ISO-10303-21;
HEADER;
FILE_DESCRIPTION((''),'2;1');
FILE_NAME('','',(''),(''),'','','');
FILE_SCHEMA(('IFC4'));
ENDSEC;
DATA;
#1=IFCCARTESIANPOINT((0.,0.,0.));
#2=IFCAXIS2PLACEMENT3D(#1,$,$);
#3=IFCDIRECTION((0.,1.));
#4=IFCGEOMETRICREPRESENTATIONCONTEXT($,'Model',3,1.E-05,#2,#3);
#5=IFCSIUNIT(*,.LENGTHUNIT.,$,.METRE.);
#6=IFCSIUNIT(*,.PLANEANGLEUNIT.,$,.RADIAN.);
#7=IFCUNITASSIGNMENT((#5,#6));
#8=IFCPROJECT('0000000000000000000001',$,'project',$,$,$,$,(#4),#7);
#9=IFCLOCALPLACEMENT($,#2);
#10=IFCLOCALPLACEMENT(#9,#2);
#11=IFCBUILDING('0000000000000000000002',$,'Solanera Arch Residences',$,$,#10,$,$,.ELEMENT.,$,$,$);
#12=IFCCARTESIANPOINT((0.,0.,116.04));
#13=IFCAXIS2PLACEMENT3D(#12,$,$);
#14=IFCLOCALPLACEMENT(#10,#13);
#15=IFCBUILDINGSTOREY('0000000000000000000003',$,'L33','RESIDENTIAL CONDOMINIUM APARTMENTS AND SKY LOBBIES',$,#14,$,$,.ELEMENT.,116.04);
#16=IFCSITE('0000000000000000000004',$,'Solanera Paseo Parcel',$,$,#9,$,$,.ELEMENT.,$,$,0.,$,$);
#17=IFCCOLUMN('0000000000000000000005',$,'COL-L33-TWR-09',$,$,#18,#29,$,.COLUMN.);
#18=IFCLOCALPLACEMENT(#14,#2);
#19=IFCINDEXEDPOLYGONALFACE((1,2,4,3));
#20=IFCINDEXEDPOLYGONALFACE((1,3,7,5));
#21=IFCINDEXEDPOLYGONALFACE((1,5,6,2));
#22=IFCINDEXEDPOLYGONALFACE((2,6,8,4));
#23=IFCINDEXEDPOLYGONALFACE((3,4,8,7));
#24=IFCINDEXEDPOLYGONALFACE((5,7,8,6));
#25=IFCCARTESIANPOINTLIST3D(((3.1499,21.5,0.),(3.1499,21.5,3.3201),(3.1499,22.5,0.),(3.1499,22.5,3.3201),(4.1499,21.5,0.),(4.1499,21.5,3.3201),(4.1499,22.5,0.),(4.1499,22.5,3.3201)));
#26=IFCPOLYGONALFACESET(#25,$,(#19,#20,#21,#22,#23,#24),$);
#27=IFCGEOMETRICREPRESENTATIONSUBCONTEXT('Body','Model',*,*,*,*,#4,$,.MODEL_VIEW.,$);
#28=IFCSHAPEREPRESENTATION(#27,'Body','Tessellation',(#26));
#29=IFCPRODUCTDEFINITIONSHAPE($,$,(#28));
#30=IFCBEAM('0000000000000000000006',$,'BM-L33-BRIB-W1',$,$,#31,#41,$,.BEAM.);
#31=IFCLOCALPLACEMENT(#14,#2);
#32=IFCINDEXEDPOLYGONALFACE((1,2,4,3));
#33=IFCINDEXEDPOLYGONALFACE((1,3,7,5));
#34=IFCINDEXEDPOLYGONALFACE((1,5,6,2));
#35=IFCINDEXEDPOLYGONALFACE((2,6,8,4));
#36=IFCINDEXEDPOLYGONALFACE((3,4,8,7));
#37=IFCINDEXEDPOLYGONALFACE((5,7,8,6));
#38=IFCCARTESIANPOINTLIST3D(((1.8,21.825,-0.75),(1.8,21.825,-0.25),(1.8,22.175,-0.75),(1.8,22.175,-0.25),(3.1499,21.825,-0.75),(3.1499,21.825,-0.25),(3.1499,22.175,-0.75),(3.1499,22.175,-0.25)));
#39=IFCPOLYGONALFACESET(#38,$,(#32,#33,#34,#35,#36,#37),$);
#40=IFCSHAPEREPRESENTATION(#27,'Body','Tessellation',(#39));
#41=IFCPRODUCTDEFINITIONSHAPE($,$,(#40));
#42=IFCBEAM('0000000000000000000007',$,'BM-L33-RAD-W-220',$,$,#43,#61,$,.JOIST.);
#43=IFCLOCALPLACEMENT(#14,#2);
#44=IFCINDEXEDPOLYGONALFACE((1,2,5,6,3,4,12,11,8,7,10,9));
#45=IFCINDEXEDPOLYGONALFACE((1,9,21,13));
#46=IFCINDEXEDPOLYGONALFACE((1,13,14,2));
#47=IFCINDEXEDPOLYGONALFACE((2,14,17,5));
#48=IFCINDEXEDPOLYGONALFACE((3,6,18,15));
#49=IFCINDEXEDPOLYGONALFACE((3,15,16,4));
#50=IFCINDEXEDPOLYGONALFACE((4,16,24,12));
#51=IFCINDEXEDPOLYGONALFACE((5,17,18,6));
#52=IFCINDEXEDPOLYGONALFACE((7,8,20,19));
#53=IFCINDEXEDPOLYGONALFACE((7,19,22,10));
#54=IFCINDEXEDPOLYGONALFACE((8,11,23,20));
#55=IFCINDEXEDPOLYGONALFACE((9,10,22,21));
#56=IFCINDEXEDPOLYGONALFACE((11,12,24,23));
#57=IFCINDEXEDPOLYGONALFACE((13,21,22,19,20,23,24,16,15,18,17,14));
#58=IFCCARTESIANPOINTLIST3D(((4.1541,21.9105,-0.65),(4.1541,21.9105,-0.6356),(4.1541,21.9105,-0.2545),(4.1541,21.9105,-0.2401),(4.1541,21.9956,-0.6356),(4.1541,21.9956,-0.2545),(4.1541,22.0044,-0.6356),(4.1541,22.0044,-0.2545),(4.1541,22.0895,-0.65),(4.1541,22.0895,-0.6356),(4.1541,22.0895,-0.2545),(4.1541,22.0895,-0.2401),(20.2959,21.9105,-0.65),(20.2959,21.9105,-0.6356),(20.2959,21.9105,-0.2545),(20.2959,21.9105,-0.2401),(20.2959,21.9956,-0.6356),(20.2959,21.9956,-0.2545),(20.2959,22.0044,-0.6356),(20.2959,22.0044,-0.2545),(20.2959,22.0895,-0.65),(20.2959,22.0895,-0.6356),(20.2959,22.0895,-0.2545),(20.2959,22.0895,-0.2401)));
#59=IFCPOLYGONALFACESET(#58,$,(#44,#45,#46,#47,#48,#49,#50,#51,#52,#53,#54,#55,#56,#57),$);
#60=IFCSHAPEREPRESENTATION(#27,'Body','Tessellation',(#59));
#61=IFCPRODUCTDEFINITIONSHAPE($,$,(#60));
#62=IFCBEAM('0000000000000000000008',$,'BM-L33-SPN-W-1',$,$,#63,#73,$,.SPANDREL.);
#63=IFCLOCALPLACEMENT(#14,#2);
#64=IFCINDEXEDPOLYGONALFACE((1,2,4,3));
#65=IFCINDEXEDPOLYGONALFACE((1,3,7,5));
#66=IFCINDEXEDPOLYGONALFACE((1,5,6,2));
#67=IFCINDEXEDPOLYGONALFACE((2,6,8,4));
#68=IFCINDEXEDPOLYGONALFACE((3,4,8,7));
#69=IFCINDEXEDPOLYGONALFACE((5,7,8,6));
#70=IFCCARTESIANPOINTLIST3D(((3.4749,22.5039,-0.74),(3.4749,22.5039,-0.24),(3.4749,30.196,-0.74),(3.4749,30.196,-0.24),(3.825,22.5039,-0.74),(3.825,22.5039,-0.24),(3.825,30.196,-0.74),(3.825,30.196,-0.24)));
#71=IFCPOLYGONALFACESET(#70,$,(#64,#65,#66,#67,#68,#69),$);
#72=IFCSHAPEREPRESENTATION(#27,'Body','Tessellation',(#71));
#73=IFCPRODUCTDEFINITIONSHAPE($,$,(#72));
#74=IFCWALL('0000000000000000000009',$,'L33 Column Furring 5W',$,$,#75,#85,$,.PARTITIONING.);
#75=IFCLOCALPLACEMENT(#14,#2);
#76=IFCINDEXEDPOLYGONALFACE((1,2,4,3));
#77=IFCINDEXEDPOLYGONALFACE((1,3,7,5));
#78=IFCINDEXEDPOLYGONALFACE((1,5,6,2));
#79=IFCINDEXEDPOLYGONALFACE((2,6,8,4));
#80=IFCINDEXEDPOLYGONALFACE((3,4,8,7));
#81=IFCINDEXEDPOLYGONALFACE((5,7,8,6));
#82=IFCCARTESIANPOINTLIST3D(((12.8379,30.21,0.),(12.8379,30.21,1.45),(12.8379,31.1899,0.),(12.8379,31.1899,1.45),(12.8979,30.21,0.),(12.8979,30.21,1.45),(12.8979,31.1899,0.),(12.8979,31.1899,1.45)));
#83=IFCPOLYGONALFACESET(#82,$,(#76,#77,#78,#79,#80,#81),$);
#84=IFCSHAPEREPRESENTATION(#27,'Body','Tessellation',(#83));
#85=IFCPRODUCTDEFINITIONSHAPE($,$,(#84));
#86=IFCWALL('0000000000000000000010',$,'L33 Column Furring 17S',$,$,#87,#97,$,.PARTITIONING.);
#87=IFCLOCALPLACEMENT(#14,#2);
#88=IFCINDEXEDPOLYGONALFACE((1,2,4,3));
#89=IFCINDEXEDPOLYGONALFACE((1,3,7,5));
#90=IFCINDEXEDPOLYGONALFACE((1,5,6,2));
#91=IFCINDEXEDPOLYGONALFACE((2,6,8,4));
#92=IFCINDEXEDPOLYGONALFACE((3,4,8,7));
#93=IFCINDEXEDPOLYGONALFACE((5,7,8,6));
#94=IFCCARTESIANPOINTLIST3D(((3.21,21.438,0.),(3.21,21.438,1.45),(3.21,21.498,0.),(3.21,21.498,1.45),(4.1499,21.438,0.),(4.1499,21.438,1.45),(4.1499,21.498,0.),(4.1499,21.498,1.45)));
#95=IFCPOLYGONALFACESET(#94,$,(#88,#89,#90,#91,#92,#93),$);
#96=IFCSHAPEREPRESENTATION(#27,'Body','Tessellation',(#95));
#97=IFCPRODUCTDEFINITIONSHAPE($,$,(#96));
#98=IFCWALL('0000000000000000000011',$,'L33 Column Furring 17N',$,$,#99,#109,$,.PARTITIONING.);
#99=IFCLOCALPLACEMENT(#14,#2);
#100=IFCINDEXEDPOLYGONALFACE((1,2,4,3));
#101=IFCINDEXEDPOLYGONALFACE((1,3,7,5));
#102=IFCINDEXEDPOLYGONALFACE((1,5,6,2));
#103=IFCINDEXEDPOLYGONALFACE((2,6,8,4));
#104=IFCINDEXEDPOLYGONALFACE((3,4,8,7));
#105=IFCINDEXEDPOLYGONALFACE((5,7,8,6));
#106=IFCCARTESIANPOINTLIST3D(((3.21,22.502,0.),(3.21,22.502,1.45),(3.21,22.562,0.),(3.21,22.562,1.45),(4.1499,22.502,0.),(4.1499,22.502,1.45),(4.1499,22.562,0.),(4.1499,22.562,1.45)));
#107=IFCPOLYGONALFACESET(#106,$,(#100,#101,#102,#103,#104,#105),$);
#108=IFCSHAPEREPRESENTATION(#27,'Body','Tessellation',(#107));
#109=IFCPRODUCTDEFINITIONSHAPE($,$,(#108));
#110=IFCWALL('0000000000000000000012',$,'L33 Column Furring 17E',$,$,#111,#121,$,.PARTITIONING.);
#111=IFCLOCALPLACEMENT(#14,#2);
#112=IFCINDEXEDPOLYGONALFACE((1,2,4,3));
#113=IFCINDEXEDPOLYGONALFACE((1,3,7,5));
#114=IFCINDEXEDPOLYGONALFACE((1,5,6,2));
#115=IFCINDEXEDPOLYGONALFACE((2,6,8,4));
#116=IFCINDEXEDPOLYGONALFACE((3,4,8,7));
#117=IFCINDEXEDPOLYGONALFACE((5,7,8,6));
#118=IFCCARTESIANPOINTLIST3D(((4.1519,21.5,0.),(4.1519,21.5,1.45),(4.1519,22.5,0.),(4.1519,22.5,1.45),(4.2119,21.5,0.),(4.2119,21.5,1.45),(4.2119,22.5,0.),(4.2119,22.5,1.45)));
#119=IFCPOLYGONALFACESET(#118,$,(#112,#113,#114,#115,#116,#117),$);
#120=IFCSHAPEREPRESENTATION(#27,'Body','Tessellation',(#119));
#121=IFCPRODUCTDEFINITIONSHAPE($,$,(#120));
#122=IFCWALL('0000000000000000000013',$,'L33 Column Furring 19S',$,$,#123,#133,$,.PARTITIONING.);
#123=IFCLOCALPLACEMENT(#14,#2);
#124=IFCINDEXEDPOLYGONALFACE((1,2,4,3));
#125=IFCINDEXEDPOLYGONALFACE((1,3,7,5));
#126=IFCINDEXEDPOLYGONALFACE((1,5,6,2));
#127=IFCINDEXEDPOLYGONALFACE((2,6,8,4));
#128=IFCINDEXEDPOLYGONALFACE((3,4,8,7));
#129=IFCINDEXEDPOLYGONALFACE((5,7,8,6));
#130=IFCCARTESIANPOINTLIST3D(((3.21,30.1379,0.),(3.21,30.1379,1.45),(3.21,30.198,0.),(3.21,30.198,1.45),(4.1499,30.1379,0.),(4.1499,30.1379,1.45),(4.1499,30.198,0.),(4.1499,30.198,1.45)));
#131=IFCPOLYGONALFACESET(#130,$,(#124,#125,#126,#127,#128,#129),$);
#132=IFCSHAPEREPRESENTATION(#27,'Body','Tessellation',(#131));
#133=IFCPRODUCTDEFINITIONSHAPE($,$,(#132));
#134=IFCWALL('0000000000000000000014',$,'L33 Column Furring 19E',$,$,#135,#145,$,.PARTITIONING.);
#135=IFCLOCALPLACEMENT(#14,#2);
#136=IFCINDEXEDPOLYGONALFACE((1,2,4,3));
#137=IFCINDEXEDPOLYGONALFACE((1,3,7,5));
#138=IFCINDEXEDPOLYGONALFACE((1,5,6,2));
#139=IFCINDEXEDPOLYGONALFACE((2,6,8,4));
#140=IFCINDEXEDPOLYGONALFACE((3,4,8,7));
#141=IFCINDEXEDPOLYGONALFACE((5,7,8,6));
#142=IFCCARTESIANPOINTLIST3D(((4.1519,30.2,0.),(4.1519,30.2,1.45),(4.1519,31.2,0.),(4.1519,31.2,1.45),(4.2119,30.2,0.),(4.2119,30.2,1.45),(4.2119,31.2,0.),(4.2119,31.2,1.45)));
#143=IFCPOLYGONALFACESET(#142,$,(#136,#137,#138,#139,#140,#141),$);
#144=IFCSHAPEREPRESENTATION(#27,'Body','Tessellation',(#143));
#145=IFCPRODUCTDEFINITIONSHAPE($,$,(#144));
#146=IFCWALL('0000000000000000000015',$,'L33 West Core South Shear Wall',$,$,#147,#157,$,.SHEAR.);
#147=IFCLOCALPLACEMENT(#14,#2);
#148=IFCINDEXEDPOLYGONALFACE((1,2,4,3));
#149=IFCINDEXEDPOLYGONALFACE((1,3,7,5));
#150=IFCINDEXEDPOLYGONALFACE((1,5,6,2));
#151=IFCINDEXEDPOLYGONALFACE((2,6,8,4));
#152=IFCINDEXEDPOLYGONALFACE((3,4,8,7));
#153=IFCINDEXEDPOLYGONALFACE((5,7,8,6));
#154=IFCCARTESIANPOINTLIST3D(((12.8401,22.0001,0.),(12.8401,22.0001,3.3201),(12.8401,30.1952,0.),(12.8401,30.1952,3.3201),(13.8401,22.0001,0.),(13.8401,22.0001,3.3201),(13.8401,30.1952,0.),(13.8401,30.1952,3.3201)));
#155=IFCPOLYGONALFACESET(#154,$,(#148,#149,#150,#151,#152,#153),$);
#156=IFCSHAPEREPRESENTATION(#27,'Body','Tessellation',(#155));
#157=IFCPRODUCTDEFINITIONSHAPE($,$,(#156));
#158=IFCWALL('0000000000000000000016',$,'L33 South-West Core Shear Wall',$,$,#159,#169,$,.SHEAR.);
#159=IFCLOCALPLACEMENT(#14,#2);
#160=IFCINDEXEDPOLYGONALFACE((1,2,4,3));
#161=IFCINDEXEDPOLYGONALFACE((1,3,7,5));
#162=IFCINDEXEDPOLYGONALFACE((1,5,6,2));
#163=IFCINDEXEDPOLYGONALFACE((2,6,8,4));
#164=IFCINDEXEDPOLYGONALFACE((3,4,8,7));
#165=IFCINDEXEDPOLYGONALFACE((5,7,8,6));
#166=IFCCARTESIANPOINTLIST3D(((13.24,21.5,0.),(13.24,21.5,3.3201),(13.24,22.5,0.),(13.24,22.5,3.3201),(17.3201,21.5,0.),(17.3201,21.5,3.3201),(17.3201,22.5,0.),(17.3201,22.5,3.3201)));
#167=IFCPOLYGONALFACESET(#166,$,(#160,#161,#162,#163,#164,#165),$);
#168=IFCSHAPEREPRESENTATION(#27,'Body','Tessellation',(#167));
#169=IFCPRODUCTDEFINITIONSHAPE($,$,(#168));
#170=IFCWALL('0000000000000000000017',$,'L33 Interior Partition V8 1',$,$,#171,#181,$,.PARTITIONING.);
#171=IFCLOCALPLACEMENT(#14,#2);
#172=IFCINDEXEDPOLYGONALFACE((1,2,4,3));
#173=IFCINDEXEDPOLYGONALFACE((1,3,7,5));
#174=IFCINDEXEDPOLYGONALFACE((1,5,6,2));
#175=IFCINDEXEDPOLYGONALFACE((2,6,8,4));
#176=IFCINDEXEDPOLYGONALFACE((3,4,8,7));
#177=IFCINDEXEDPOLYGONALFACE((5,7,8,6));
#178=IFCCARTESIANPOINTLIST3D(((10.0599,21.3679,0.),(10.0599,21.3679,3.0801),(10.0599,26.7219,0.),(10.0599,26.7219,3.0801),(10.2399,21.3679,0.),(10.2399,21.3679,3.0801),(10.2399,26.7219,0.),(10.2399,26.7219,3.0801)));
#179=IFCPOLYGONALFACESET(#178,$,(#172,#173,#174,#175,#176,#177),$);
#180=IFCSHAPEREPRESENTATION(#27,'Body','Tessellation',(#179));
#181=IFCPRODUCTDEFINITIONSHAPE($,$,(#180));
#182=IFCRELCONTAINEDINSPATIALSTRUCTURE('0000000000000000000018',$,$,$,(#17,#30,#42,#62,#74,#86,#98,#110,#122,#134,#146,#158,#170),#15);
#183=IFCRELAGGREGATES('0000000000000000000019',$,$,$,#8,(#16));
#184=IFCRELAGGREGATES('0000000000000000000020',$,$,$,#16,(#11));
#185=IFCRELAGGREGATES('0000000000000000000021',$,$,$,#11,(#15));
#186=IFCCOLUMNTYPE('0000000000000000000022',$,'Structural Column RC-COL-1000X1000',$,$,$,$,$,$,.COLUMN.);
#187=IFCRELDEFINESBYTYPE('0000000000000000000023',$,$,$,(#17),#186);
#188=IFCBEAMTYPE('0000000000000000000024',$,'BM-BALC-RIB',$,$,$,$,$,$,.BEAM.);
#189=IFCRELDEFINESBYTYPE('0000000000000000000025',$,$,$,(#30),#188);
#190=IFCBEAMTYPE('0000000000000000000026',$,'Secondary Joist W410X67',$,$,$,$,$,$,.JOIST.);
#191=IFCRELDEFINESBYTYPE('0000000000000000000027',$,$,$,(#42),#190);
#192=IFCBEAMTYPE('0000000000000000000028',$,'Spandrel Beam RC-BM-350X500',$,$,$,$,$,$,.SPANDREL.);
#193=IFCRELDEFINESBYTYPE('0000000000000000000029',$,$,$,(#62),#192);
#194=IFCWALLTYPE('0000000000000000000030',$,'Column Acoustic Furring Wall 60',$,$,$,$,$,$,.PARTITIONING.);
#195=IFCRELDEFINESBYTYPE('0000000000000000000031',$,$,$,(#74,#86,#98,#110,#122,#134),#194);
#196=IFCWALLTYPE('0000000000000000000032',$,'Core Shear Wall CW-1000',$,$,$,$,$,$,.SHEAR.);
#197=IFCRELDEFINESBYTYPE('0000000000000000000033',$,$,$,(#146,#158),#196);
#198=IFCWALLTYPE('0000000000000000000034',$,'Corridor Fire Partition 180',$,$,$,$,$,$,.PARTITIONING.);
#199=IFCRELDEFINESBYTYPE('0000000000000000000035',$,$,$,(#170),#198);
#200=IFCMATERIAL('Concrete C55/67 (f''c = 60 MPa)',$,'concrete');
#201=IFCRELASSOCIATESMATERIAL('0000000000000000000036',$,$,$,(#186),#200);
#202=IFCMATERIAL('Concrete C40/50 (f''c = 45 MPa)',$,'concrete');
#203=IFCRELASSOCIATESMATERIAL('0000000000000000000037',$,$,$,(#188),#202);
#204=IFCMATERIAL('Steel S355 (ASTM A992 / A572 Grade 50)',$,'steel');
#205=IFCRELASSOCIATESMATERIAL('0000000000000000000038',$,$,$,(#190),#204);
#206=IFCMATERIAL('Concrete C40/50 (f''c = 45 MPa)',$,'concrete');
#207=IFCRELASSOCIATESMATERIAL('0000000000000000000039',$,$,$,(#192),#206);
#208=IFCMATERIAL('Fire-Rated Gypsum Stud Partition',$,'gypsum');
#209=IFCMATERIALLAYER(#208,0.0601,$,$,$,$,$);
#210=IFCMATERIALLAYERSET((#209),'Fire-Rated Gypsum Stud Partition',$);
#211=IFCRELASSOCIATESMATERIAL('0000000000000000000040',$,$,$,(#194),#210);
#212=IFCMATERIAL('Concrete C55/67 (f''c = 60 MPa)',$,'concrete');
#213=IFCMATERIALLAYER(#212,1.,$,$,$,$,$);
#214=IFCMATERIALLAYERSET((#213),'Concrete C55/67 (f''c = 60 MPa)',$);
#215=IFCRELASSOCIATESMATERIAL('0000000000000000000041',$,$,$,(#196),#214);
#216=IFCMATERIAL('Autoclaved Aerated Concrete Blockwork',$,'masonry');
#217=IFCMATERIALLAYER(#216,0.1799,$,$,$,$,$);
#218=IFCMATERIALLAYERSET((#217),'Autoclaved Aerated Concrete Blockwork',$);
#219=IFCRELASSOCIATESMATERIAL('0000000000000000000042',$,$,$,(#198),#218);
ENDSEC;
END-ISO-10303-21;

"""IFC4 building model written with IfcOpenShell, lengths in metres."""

from ifc_helpers import new_model, si_unit, direction, frame, frame_2d, origin, origin_2d, place, context, subcontext, project, spatial, rectangle, i_section, extrude, material, layer, layer_set, material_profile, profile_set, type_object, element, save


model = new_model("IFC4")

# Units and contexts
model_context = context("Model", 3, precision=1e-05, world=origin(), true_north=direction((0.0, 1.0)))
body_context = subcontext(model_context, "Body", "Model", "MODEL_VIEW")
ifc_project = project(units=[si_unit("LENGTHUNIT", "METRE"), si_unit("PLANEANGLEUNIT", "RADIAN")], contexts=[model_context])

# Site, building, storey
site_placement = place(None, origin())
site = spatial("IfcSite", under=ifc_project, at=site_placement, Name="Solanera Paseo Parcel", CompositionType="ELEMENT", RefElevation=0.0)
building_placement = place(site_placement, origin())
building = spatial("IfcBuilding", under=site, at=building_placement, Name="Solanera Arch Residences", CompositionType="ELEMENT")
storey_placement = place(building_placement, frame((0.0, 0.0, 116.04)))
storey = spatial("IfcBuildingStorey", under=building, at=storey_placement, Name="L33", Description="RESIDENTIAL CONDOMINIUM APARTMENTS AND SKY LOBBIES", CompositionType="ELEMENT", Elevation=116.04)

# Column
ifc_material_1 = material(Name="Concrete C55/67 (f'c = 60 MPa)", Category="concrete")
ifc_material_profile_1 = material_profile(ifc_material_1, rectangle(XDim=1.0, YDim=1.0, at=origin_2d()))
ifc_profile_set_1 = profile_set([ifc_material_profile_1], Name="Concrete C55/67 (f'c = 60 MPa)")
column_type = type_object("IfcColumnType", Name="Structural Column RC-COL-1000X1000", PredefinedType="COLUMN", material=ifc_profile_set_1)
column_placement = place(storey_placement, frame((3.6499, 22.0, 0.0), z_axis=(0.0, 0.0, 1.0), x_axis=(1.0, 0.0, 0.0)))
element("IfcColumn", 1, at=column_placement, inside=storey, type_object=column_type, Name="COL-L33-TWR-09", PredefinedType="COLUMN", context=body_context, shape_type="SweptSolid", body=[
    extrude(rectangle(XDim=1.0, YDim=1.0, at=origin_2d()), origin(), (0.0, 0.0, 1.0), 3.3201),
])

# Beams
ifc_material_2 = material(Name="Concrete C40/50 (f'c = 45 MPa)", Category="concrete")
ifc_material_profile_2 = material_profile(ifc_material_2, rectangle(XDim=0.3501, YDim=0.5, at=origin_2d()))
ifc_profile_set_2 = profile_set([ifc_material_profile_2], Name="Concrete C40/50 (f'c = 45 MPa)")
beam_type_1 = type_object("IfcBeamType", Name="BM-BALC-RIB", PredefinedType="BEAM", material=ifc_profile_set_2)
beam_1_placement = place(storey_placement, frame((1.8, 22.0, -0.5), z_axis=(1.0, 0.0, 0.0), x_axis=(0.0, 1.0, 0.0)))
element("IfcBeam", 2, at=beam_1_placement, inside=storey, type_object=beam_type_1, Name="BM-L33-BRIB-W1", PredefinedType="BEAM", context=body_context, shape_type="SweptSolid", body=[
    extrude(rectangle(XDim=0.3501, YDim=0.5, at=origin_2d()), origin(), (0.0, 0.0, 1.0), 1.3499),
])
ifc_material_3 = material(Name="Steel S355 (ASTM A992 / A572 Grade 50)", Category="steel")
ifc_material_profile_3 = material_profile(ifc_material_3, i_section(OverallWidth=0.179, OverallDepth=0.4099, WebThickness=0.0088, FlangeThickness=0.0144, at=origin_2d()))
ifc_profile_set_3 = profile_set([ifc_material_profile_3], Name="Steel S355 (ASTM A992 / A572 Grade 50)")
beam_type_2 = type_object("IfcBeamType", Name="Secondary Joist W410X67", PredefinedType="JOIST", material=ifc_profile_set_3)
beam_2_placement = place(storey_placement, frame((4.1541, 22.0, -0.4451), z_axis=(1.0, 0.0, 0.0), x_axis=(0.0, 1.0, 0.0)))
element("IfcBeam", 3, at=beam_2_placement, inside=storey, type_object=beam_type_2, Name="BM-L33-RAD-W-220", PredefinedType="JOIST", context=body_context, shape_type="SweptSolid", body=[
    extrude(i_section(OverallWidth=0.179, OverallDepth=0.4099, WebThickness=0.0088, FlangeThickness=0.0144, at=origin_2d()), origin(), (0.0, 0.0, 1.0), 16.1418),
])
ifc_material_4 = material(Name="Concrete C40/50 (f'c = 45 MPa)", Category="concrete")
ifc_material_profile_4 = material_profile(ifc_material_4, rectangle(XDim=0.3501, YDim=0.5, at=origin_2d()))
ifc_profile_set_4 = profile_set([ifc_material_profile_4], Name="Concrete C40/50 (f'c = 45 MPa)")
beam_type_3 = type_object("IfcBeamType", Name="Spandrel Beam RC-BM-350X500", PredefinedType="SPANDREL", material=ifc_profile_set_4)
beam_3_placement = place(storey_placement, frame((3.6499, 22.5039, -0.49), z_axis=(0.0, 1.0, 0.0), x_axis=(-1.0, 0.0, 0.0)))
element("IfcBeam", 4, at=beam_3_placement, inside=storey, type_object=beam_type_3, Name="BM-L33-SPN-W-1", PredefinedType="SPANDREL", context=body_context, shape_type="SweptSolid", body=[
    extrude(rectangle(XDim=0.3501, YDim=0.5, at=origin_2d()), origin(), (0.0, 0.0, 1.0), 7.6921),
])

# Walls
ifc_material_5 = material(Name="Fire-Rated Gypsum Stud Partition", Category="gypsum")
ifc_layer_1 = layer(ifc_material_5, 0.0601)
ifc_layer_set_1 = layer_set([ifc_layer_1], Name="Fire-Rated Gypsum Stud Partition")
wall_type_1 = type_object("IfcWallType", Name="Column Acoustic Furring Wall 60", PredefinedType="PARTITIONING", material=ifc_layer_set_1)
wall_1_placement = place(storey_placement, frame((12.8679, 30.21, 0.0), z_axis=(0.0, 0.0, 1.0), x_axis=(0.0, 1.0, 0.0)))
element("IfcWall", 5, at=wall_1_placement, inside=storey, type_object=wall_type_1, Name="L33 Column Furring 5W", PredefinedType="PARTITIONING", context=body_context, shape_type="SweptSolid", body=[
    extrude(rectangle(XDim=0.98, YDim=0.0601, at=frame_2d((0.49, 0.0))), origin(), (0.0, 0.0, 1.0), 1.45),
])
for number, where, z_axis, x_axis, name in (
    (6, (3.21, 21.468, 0.0), (0.0, 0.0, 1.0), (1.0, 0.0, 0.0), "L33 Column Furring 17S"),
    (7, (3.21, 22.532, 0.0), (0.0, 0.0, 1.0), (1.0, 0.0, 0.0), "L33 Column Furring 17N"),
):
    element("IfcWall", number, at=place(storey_placement, frame(where, z_axis=z_axis, x_axis=x_axis)), inside=storey, type_object=wall_type_1, Name=name, PredefinedType="PARTITIONING", context=body_context, shape_type="SweptSolid", body=[
        extrude(rectangle(XDim=0.9399, YDim=0.0601, at=frame_2d((0.47, 0.0))), origin(), (0.0, 0.0, 1.0), 1.45),
    ])
wall_2_placement = place(storey_placement, frame((4.1819, 21.5, 0.0), z_axis=(0.0, 0.0, 1.0), x_axis=(0.0, 1.0, 0.0)))
element("IfcWall", 8, at=wall_2_placement, inside=storey, type_object=wall_type_1, Name="L33 Column Furring 17E", PredefinedType="PARTITIONING", context=body_context, shape_type="SweptSolid", body=[
    extrude(rectangle(XDim=1.0, YDim=0.0601, at=frame_2d((0.5, 0.0))), origin(), (0.0, 0.0, 1.0), 1.45),
])
wall_3_placement = place(storey_placement, frame((3.21, 30.168, 0.0), z_axis=(0.0, 0.0, 1.0), x_axis=(1.0, 0.0, 0.0)))
element("IfcWall", 9, at=wall_3_placement, inside=storey, type_object=wall_type_1, Name="L33 Column Furring 19S", PredefinedType="PARTITIONING", context=body_context, shape_type="SweptSolid", body=[
    extrude(rectangle(XDim=0.9399, YDim=0.0601, at=frame_2d((0.47, 0.0))), origin(), (0.0, 0.0, 1.0), 1.45),
])
wall_4_placement = place(storey_placement, frame((4.1819, 30.2, 0.0), z_axis=(0.0, 0.0, 1.0), x_axis=(0.0, 1.0, 0.0)))
element("IfcWall", 10, at=wall_4_placement, inside=storey, type_object=wall_type_1, Name="L33 Column Furring 19E", PredefinedType="PARTITIONING", context=body_context, shape_type="SweptSolid", body=[
    extrude(rectangle(XDim=1.0, YDim=0.0601, at=frame_2d((0.5, 0.0))), origin(), (0.0, 0.0, 1.0), 1.45),
])
ifc_material_6 = material(Name="Concrete C55/67 (f'c = 60 MPa)", Category="concrete")
ifc_layer_2 = layer(ifc_material_6, 1.0)
ifc_layer_set_2 = layer_set([ifc_layer_2], Name="Concrete C55/67 (f'c = 60 MPa)")
wall_type_2 = type_object("IfcWallType", Name="Core Shear Wall CW-1000", PredefinedType="SHEAR", material=ifc_layer_set_2)
wall_5_placement = place(storey_placement, frame((13.3401, 22.0, 0.0), z_axis=(0.0, 0.0, 1.0), x_axis=(0.0, 1.0, 0.0)))
element("IfcWall", 11, at=wall_5_placement, inside=storey, type_object=wall_type_2, Name="L33 West Core South Shear Wall", PredefinedType="SHEAR", context=body_context, shape_type="SweptSolid", body=[
    extrude(rectangle(XDim=8.1951, YDim=1.0, at=frame_2d((4.0977, 0.0))), origin(), (0.0, 0.0, 1.0), 3.3201),
])
wall_6_placement = place(storey_placement, frame((13.24, 22.0, 0.0), z_axis=(0.0, 0.0, 1.0), x_axis=(1.0, 0.0, 0.0)))
element("IfcWall", 12, at=wall_6_placement, inside=storey, type_object=wall_type_2, Name="L33 South-West Core Shear Wall", PredefinedType="SHEAR", context=body_context, shape_type="SweptSolid", body=[
    extrude(rectangle(XDim=4.0801, YDim=1.0, at=frame_2d((2.04, 0.0))), origin(), (0.0, 0.0, 1.0), 3.3201),
])
ifc_material_7 = material(Name="Autoclaved Aerated Concrete Blockwork", Category="masonry")
ifc_layer_3 = layer(ifc_material_7, 0.1799)
ifc_layer_set_3 = layer_set([ifc_layer_3], Name="Autoclaved Aerated Concrete Blockwork")
wall_type_3 = type_object("IfcWallType", Name="Corridor Fire Partition 180", PredefinedType="PARTITIONING", material=ifc_layer_set_3)
wall_7_placement = place(storey_placement, frame((10.1499, 21.3679, 0.0), z_axis=(0.0, 0.0, 1.0), x_axis=(0.0, 1.0, 0.0)))
element("IfcWall", 13, at=wall_7_placement, inside=storey, type_object=wall_type_3, Name="L33 Interior Partition V8 1", PredefinedType="PARTITIONING", context=body_context, shape_type="SweptSolid", body=[
    extrude(rectangle(XDim=5.354, YDim=0.1799, at=frame_2d((2.677, 0.0))), origin(), (0.0, 0.0, 1.0), 3.0801),
])

save(model, "model.ifc")
